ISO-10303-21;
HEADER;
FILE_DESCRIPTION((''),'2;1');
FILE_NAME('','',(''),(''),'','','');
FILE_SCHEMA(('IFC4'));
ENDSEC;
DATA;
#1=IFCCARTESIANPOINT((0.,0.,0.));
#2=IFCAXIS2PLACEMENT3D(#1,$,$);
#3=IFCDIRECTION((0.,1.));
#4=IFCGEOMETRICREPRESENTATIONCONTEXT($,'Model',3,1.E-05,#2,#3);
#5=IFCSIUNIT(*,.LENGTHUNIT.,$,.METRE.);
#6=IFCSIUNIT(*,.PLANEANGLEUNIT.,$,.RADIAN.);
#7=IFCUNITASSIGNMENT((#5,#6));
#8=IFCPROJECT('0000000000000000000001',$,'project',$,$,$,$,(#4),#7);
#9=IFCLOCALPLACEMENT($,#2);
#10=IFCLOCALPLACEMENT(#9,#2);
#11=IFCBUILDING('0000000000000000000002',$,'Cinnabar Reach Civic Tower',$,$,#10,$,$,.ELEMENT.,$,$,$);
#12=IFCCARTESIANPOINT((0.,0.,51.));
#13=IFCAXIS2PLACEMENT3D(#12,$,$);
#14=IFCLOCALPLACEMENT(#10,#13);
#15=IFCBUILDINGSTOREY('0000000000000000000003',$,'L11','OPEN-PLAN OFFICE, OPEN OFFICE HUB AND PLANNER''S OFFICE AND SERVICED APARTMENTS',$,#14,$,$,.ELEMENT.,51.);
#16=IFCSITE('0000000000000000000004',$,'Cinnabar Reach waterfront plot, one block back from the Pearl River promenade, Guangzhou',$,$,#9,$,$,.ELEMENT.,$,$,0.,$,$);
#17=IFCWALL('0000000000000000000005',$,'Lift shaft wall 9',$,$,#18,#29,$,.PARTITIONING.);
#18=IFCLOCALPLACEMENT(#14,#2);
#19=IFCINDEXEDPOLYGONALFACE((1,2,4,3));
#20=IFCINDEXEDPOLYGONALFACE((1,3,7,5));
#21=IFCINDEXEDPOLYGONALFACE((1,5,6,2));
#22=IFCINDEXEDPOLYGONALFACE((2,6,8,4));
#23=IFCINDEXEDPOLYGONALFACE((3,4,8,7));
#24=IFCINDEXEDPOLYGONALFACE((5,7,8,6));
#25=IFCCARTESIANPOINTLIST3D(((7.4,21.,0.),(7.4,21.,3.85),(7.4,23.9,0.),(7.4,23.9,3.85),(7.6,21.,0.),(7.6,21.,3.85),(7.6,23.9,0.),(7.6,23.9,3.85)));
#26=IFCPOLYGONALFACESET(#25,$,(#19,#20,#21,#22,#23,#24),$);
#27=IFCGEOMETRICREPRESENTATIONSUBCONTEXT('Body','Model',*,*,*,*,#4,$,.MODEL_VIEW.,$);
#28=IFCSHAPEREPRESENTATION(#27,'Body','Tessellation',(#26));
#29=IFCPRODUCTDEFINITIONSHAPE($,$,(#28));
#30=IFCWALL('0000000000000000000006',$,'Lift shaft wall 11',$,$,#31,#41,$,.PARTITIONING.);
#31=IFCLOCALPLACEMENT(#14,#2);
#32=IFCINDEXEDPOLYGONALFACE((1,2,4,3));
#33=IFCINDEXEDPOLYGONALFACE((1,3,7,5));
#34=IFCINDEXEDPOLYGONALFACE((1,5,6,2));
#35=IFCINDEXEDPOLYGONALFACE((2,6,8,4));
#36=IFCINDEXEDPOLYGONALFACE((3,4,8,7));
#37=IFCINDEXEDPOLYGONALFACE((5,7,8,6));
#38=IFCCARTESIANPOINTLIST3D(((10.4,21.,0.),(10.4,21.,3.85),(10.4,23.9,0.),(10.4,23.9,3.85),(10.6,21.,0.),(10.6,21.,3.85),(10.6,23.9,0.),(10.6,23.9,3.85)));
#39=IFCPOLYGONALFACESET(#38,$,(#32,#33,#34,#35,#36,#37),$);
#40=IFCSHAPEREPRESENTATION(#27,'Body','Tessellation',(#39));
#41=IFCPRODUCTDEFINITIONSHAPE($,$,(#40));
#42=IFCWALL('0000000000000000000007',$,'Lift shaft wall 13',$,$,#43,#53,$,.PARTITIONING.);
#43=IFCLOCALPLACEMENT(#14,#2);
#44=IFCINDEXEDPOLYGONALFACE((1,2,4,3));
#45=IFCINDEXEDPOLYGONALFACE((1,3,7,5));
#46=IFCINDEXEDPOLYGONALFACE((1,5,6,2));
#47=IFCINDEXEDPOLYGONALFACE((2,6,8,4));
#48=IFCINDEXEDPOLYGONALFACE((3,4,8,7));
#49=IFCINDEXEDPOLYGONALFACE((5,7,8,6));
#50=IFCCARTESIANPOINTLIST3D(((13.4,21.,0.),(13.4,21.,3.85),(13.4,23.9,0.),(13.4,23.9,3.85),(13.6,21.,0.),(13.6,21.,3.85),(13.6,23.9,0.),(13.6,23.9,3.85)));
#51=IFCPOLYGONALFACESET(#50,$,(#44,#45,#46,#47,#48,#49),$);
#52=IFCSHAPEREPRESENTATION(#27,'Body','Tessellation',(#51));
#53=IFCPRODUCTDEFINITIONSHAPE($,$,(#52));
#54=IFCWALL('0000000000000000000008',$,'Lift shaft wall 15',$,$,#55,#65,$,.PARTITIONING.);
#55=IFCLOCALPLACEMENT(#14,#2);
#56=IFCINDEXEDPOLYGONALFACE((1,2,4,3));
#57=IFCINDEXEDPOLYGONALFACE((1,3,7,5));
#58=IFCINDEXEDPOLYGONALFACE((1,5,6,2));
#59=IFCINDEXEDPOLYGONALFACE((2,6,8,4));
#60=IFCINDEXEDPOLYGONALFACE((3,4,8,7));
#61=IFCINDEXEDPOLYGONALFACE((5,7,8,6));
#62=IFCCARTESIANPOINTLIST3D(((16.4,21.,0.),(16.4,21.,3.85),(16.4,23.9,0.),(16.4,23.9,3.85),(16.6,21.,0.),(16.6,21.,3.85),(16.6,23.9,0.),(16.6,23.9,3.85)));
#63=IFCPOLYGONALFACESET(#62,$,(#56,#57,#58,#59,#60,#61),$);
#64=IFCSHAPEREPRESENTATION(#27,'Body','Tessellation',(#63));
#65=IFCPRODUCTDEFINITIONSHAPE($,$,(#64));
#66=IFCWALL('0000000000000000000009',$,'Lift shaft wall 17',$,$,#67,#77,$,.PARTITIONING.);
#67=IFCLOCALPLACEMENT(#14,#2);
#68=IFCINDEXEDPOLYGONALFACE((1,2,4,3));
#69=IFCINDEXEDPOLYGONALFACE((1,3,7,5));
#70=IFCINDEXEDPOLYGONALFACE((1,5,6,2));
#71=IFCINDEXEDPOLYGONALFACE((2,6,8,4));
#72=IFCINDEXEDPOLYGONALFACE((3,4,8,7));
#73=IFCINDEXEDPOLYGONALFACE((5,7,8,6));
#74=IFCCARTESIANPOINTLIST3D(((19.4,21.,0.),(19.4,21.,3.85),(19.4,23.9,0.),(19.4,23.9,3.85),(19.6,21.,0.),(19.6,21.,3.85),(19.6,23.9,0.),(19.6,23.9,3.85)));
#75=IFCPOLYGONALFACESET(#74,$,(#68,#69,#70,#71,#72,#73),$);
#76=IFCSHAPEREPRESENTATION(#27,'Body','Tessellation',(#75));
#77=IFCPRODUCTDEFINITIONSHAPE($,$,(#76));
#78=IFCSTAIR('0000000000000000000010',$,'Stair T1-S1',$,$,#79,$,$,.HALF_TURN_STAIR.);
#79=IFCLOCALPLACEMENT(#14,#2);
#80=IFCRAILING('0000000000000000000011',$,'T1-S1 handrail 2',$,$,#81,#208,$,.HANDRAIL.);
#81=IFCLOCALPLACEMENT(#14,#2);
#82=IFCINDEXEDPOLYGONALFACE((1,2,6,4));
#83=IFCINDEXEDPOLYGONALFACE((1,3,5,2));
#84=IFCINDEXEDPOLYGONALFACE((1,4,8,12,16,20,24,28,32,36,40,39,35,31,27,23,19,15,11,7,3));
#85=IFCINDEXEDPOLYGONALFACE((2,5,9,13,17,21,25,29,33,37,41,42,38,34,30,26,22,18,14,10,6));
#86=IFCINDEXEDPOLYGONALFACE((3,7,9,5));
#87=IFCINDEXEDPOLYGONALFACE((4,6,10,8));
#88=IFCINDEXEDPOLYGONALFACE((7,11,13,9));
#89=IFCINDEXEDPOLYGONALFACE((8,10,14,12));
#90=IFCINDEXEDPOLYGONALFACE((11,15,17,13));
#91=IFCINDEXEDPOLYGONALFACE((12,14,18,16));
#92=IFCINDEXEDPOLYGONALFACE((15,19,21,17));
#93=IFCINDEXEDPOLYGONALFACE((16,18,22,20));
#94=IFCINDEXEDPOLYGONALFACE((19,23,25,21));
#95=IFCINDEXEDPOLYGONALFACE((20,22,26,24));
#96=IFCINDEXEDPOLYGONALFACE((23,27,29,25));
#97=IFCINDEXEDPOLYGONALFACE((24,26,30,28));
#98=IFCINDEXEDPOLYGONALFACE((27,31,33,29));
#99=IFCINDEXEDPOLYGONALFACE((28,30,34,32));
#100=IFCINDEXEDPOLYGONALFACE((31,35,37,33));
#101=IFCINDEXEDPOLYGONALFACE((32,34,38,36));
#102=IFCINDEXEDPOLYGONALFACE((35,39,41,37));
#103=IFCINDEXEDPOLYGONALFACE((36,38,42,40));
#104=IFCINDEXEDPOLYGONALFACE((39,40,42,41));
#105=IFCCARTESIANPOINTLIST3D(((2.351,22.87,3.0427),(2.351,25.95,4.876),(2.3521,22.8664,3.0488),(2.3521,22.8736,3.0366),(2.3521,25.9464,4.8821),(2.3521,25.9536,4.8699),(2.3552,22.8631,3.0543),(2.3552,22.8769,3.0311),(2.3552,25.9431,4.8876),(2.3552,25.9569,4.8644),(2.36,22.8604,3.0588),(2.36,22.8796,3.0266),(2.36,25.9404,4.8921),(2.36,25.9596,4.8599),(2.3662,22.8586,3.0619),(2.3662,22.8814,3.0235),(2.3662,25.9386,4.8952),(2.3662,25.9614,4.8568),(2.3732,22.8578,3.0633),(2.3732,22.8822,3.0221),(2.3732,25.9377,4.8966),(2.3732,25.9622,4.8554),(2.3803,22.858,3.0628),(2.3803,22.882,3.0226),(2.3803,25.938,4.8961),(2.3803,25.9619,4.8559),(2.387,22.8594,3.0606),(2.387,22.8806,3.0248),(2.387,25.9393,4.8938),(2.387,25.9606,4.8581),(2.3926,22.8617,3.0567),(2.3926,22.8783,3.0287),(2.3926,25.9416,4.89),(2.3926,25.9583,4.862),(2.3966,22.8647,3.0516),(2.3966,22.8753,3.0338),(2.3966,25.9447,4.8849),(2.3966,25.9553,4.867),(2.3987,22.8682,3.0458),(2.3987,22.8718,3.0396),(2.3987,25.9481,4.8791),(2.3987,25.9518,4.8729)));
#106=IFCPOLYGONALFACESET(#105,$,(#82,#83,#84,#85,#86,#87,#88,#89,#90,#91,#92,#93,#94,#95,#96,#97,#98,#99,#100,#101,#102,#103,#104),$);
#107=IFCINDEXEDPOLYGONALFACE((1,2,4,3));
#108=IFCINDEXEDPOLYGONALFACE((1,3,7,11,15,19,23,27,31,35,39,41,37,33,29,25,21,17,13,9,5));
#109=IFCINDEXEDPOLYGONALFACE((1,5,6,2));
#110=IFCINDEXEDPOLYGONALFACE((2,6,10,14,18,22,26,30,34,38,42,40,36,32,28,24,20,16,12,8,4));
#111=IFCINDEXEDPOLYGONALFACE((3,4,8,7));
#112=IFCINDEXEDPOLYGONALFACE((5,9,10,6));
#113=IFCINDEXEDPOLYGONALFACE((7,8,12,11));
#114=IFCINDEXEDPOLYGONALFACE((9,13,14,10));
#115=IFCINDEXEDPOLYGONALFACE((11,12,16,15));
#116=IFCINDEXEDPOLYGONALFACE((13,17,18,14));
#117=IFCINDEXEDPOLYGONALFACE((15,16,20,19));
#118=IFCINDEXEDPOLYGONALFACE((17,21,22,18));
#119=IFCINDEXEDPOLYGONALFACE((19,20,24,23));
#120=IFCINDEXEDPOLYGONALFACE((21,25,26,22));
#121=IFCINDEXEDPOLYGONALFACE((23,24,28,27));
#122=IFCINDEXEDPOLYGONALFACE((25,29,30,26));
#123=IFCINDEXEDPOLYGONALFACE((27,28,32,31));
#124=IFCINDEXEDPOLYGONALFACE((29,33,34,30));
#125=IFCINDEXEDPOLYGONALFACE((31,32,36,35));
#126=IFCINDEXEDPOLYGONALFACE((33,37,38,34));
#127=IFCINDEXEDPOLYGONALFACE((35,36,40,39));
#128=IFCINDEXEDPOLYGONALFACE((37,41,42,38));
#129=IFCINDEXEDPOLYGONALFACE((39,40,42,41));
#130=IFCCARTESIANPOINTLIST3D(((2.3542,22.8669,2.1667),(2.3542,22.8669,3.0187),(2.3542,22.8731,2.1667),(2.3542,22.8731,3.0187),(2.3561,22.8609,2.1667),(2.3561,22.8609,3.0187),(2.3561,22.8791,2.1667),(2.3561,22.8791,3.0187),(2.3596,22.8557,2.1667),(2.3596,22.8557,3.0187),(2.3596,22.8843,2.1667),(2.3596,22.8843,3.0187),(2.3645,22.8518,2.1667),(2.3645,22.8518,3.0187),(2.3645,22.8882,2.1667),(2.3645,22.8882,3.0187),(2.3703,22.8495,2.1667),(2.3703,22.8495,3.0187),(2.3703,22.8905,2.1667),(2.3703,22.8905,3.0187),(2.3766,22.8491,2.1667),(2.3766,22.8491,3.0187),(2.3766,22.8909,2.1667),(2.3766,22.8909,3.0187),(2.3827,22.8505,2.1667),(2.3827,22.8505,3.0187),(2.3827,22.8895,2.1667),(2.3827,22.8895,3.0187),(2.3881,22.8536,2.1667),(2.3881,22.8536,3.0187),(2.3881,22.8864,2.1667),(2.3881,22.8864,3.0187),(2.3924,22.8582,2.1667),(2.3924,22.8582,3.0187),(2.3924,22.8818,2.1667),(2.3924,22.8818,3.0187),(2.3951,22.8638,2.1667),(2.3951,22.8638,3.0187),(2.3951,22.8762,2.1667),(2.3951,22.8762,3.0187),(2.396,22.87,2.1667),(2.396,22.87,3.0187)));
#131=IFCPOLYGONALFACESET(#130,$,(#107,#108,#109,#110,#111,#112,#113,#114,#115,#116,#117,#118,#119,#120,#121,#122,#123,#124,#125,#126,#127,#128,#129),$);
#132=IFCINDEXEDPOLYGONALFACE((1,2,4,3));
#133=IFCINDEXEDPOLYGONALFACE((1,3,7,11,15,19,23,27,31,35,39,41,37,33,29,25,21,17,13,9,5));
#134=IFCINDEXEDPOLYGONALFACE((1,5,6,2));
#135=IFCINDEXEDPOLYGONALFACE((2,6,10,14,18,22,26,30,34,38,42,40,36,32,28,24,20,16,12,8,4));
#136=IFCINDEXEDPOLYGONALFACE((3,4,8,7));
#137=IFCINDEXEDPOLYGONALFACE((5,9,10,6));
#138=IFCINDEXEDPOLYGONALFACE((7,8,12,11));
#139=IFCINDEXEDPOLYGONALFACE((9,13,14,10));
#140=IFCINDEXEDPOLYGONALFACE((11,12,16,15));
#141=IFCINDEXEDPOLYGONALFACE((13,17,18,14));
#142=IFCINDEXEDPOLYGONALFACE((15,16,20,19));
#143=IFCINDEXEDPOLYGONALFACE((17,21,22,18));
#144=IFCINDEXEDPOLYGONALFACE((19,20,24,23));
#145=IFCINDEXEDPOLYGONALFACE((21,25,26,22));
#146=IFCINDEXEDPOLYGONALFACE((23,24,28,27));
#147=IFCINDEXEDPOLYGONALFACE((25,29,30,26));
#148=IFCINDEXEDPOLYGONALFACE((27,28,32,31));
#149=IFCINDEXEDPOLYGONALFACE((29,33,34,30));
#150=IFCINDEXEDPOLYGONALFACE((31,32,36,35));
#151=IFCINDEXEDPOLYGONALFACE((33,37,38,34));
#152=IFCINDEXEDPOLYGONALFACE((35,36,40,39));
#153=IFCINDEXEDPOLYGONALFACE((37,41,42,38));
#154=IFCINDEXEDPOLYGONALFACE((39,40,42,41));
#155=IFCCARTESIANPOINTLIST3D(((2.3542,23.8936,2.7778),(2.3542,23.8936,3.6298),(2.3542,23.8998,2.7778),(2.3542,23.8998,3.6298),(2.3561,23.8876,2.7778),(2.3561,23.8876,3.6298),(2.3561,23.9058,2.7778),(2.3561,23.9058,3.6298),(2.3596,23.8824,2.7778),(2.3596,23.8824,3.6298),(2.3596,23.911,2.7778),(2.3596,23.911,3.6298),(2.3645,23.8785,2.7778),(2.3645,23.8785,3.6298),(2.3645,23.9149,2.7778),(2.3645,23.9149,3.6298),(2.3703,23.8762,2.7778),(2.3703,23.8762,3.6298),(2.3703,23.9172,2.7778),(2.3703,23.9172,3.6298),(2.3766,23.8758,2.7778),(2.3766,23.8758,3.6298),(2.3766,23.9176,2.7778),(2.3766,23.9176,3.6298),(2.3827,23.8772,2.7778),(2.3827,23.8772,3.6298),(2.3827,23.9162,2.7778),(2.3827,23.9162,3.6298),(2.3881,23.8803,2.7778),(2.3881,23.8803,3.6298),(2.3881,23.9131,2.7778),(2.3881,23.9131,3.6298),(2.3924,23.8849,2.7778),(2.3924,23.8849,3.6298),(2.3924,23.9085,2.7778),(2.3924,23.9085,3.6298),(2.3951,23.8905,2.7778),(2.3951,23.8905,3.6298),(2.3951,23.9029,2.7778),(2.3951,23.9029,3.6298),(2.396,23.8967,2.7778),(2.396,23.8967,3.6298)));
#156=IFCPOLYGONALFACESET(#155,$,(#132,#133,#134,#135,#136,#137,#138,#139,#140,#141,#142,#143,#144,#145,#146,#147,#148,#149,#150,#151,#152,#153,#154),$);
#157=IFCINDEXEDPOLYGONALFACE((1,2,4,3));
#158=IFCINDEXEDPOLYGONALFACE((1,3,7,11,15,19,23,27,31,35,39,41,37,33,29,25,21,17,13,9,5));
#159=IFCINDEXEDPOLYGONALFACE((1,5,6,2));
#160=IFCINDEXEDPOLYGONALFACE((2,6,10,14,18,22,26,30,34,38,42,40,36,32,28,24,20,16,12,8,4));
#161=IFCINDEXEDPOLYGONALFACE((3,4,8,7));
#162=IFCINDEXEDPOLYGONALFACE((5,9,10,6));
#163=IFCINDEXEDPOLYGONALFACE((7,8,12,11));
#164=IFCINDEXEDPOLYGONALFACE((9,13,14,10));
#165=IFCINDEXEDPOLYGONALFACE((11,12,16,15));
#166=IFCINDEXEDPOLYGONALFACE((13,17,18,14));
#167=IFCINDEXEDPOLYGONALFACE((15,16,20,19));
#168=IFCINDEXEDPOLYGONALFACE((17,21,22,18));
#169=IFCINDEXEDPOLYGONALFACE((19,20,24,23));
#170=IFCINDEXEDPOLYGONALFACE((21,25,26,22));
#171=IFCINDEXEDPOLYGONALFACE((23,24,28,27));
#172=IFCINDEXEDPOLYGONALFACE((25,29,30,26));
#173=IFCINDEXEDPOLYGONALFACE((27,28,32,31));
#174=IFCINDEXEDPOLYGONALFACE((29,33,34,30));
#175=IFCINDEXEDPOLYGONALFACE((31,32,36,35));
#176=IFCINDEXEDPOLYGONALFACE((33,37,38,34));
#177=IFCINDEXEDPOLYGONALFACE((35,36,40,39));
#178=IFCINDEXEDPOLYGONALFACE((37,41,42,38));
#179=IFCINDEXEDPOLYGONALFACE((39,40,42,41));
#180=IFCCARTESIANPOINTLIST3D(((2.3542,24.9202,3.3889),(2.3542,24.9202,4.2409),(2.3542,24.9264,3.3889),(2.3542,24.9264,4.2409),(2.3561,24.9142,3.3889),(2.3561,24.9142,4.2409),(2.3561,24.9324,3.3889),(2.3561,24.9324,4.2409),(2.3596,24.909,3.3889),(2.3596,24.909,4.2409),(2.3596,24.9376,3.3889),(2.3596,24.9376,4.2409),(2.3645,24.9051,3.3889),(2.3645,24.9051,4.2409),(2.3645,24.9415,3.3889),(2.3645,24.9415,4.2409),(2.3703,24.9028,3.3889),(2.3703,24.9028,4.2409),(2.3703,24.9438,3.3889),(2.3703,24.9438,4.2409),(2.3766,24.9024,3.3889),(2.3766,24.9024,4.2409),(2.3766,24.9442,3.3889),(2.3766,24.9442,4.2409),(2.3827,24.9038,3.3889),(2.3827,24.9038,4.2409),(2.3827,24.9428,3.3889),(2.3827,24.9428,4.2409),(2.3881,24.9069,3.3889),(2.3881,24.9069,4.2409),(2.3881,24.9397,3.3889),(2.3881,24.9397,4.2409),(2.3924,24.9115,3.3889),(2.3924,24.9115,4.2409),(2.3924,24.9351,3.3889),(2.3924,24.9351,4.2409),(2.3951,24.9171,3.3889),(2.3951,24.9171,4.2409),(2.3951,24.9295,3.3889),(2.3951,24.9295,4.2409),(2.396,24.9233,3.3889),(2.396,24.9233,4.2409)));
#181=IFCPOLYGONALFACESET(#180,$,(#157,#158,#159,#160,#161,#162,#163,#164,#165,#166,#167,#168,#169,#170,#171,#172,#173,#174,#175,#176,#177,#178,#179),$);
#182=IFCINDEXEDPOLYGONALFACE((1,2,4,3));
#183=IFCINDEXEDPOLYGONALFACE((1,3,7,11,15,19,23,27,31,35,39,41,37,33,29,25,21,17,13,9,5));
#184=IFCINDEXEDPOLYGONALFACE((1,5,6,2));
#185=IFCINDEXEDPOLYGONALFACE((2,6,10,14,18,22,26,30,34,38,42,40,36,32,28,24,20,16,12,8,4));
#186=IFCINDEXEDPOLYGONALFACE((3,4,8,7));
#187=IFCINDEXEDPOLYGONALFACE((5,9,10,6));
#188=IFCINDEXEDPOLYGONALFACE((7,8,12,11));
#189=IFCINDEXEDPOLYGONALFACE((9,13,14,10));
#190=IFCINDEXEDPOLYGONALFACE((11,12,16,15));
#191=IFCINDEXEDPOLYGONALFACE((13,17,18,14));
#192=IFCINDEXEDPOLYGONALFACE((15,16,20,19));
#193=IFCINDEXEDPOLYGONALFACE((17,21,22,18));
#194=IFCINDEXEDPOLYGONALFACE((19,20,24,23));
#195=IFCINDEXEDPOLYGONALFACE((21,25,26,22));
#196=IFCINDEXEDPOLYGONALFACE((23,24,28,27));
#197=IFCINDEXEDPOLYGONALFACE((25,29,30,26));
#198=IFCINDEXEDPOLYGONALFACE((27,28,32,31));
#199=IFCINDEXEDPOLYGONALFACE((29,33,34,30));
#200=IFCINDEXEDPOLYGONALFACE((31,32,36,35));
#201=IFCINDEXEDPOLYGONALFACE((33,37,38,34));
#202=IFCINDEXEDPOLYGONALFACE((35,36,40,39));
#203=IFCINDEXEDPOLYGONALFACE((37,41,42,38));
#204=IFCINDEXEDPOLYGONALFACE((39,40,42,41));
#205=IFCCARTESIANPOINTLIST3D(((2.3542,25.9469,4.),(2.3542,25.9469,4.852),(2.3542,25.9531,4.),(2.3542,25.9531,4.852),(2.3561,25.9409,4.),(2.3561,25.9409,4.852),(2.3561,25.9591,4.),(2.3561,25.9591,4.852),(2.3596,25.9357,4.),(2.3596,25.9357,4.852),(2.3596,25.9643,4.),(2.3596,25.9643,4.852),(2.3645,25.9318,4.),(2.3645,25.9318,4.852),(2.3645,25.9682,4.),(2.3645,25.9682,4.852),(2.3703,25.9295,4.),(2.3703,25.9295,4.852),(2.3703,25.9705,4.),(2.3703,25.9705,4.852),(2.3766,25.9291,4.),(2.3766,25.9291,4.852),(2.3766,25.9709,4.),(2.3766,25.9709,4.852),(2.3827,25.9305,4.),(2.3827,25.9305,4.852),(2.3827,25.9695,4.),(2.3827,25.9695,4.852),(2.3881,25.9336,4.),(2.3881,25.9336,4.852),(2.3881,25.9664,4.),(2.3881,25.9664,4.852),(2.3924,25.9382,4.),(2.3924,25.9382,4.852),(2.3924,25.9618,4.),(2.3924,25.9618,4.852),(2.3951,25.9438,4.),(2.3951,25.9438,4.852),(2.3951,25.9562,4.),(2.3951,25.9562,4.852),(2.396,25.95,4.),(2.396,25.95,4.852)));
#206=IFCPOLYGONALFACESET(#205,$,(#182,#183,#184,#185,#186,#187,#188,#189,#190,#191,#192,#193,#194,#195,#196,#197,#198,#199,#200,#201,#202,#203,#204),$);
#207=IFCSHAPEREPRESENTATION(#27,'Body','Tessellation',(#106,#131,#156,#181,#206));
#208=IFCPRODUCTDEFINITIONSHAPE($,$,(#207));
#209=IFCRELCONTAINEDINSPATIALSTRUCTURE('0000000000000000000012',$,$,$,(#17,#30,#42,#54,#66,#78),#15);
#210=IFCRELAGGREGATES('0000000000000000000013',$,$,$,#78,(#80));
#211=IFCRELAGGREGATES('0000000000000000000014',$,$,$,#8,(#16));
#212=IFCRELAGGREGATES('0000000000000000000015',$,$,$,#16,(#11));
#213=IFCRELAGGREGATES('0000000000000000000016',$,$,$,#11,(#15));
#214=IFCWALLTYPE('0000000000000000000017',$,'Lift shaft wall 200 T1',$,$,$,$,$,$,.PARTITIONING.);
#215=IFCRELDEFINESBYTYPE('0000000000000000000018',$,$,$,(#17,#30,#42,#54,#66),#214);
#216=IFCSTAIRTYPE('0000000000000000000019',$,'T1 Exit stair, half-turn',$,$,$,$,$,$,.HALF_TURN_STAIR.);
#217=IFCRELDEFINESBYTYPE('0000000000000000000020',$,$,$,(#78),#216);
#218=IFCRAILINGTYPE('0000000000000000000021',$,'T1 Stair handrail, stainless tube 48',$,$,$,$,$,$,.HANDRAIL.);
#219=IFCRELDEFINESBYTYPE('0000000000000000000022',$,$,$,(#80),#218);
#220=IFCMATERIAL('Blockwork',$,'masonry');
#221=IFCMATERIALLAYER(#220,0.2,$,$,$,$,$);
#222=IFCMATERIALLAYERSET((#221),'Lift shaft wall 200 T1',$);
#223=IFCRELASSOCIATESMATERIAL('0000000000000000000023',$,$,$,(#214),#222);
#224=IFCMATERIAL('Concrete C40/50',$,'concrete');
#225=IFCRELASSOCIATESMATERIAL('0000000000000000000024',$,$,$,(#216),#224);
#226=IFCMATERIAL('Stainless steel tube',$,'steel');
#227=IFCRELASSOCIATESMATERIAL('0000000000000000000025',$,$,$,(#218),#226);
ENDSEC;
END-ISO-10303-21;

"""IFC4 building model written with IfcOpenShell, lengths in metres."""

from ifc_helpers import new_model, si_unit, direction, frame, frame_2d, origin, origin_2d, place, context, subcontext, project, spatial, rectangle, circle, extrude, material, layer, layer_set, type_object, element, aggregate, save


model = new_model("IFC4")

# Units and contexts
model_context = context("Model", 3, precision=1e-05, world=origin(), true_north=direction((0.0, 1.0)))
body_context = subcontext(model_context, "Body", "Model", "MODEL_VIEW")
ifc_project = project(units=[si_unit("LENGTHUNIT", "METRE"), si_unit("PLANEANGLEUNIT", "RADIAN")], contexts=[model_context])

# Site, building, storey
site_placement = place(None, origin())
site = spatial("IfcSite", under=ifc_project, at=site_placement, Name="Cinnabar Reach waterfront plot, one block back from the Pearl River promenade, Guangzhou", CompositionType="ELEMENT", RefElevation=0.0)
building_placement = place(site_placement, origin())
building = spatial("IfcBuilding", under=site, at=building_placement, Name="Cinnabar Reach Civic Tower", CompositionType="ELEMENT")
storey_placement = place(building_placement, frame((0.0, 0.0, 51.0)))
storey = spatial("IfcBuildingStorey", under=building, at=storey_placement, Name="L11", Description="OPEN-PLAN OFFICE, OPEN OFFICE HUB AND PLANNER'S OFFICE AND SERVICED APARTMENTS", CompositionType="ELEMENT", Elevation=51.0)

# Walls
ifc_material_1 = material(Name="Blockwork", Category="masonry")
ifc_layer_1 = layer(ifc_material_1, 0.2)
ifc_layer_set_1 = layer_set([ifc_layer_1], Name="Lift shaft wall 200 T1")
wall_type_1 = type_object("IfcWallType", Name="Lift shaft wall 200 T1", PredefinedType="PARTITIONING", material=ifc_layer_set_1)
for number, where, z_axis, x_axis, name in (
    (1, (7.5, 21.0, 0.0), (0.0, 0.0, 1.0), (0.0, 1.0, 0.0), "Lift shaft wall 9"),
    (2, (10.5, 21.0, 0.0), (0.0, 0.0, 1.0), (0.0, 1.0, 0.0), "Lift shaft wall 11"),
    (3, (13.5, 21.0, 0.0), (0.0, 0.0, 1.0), (0.0, 1.0, 0.0), "Lift shaft wall 13"),
    (4, (16.5, 21.0, 0.0), (0.0, 0.0, 1.0), (0.0, 1.0, 0.0), "Lift shaft wall 15"),
    (5, (19.5, 21.0, 0.0), (0.0, 0.0, 1.0), (0.0, 1.0, 0.0), "Lift shaft wall 17"),
):
    element("IfcWall", number, at=place(storey_placement, frame(where, z_axis=z_axis, x_axis=x_axis)), inside=storey, type_object=wall_type_1, Name=name, PredefinedType="PARTITIONING", context=body_context, shape_type="SweptSolid", body=[
        extrude(rectangle(XDim=2.9, YDim=0.2, at=frame_2d((1.45, 0.0))), origin(), (0.0, 0.0, 1.0), 3.85),
    ])

# Stair, railing
ifc_material_2 = material(Name="Concrete C40/50", Category="concrete")
stair_type = type_object("IfcStairType", Name="T1 Exit stair, half-turn", PredefinedType="HALF_TURN_STAIR", material=ifc_material_2)
stair_placement = place(storey_placement, origin())
stair = element("IfcStair", 6, at=stair_placement, inside=storey, type_object=stair_type, Name="Stair T1-S1", PredefinedType="HALF_TURN_STAIR")
ifc_material_3 = material(Name="Stainless steel tube", Category="steel")
railing_type = type_object("IfcRailingType", Name="T1 Stair handrail, stainless tube 48", PredefinedType="HANDRAIL", material=ifc_material_3)
railing_placement = place(storey_placement, frame((2.375, 22.87, 2.1667)))
railing = element("IfcRailing", 7, at=railing_placement, type_object=railing_type, Name="T1-S1 handrail 2", PredefinedType="HANDRAIL", context=body_context, shape_type="SweptSolid", body=[
    extrude(circle(Radius=0.024, at=origin_2d()), frame((0.0, 0.0, 0.876), z_axis=(0.0, 0.859297, 0.511477), x_axis=(-1.0, 0.0, 0.0)), (0.0, 0.0, 1.0), 3.5843),
    extrude(circle(Radius=0.021, at=origin_2d()), origin(), (0.0, 0.0, 1.0), 0.852),
    extrude(circle(Radius=0.021, at=origin_2d()), frame((0.0, 1.0267, 0.6111)), (0.0, 0.0, 1.0), 0.852),
    extrude(circle(Radius=0.021, at=origin_2d()), frame((0.0, 2.0533, 1.2222)), (0.0, 0.0, 1.0), 0.852),
    extrude(circle(Radius=0.021, at=origin_2d()), frame((0.0, 3.08, 1.8333)), (0.0, 0.0, 1.0), 0.852),
])
aggregate(stair, [railing])

save(model, "model.ifc")
